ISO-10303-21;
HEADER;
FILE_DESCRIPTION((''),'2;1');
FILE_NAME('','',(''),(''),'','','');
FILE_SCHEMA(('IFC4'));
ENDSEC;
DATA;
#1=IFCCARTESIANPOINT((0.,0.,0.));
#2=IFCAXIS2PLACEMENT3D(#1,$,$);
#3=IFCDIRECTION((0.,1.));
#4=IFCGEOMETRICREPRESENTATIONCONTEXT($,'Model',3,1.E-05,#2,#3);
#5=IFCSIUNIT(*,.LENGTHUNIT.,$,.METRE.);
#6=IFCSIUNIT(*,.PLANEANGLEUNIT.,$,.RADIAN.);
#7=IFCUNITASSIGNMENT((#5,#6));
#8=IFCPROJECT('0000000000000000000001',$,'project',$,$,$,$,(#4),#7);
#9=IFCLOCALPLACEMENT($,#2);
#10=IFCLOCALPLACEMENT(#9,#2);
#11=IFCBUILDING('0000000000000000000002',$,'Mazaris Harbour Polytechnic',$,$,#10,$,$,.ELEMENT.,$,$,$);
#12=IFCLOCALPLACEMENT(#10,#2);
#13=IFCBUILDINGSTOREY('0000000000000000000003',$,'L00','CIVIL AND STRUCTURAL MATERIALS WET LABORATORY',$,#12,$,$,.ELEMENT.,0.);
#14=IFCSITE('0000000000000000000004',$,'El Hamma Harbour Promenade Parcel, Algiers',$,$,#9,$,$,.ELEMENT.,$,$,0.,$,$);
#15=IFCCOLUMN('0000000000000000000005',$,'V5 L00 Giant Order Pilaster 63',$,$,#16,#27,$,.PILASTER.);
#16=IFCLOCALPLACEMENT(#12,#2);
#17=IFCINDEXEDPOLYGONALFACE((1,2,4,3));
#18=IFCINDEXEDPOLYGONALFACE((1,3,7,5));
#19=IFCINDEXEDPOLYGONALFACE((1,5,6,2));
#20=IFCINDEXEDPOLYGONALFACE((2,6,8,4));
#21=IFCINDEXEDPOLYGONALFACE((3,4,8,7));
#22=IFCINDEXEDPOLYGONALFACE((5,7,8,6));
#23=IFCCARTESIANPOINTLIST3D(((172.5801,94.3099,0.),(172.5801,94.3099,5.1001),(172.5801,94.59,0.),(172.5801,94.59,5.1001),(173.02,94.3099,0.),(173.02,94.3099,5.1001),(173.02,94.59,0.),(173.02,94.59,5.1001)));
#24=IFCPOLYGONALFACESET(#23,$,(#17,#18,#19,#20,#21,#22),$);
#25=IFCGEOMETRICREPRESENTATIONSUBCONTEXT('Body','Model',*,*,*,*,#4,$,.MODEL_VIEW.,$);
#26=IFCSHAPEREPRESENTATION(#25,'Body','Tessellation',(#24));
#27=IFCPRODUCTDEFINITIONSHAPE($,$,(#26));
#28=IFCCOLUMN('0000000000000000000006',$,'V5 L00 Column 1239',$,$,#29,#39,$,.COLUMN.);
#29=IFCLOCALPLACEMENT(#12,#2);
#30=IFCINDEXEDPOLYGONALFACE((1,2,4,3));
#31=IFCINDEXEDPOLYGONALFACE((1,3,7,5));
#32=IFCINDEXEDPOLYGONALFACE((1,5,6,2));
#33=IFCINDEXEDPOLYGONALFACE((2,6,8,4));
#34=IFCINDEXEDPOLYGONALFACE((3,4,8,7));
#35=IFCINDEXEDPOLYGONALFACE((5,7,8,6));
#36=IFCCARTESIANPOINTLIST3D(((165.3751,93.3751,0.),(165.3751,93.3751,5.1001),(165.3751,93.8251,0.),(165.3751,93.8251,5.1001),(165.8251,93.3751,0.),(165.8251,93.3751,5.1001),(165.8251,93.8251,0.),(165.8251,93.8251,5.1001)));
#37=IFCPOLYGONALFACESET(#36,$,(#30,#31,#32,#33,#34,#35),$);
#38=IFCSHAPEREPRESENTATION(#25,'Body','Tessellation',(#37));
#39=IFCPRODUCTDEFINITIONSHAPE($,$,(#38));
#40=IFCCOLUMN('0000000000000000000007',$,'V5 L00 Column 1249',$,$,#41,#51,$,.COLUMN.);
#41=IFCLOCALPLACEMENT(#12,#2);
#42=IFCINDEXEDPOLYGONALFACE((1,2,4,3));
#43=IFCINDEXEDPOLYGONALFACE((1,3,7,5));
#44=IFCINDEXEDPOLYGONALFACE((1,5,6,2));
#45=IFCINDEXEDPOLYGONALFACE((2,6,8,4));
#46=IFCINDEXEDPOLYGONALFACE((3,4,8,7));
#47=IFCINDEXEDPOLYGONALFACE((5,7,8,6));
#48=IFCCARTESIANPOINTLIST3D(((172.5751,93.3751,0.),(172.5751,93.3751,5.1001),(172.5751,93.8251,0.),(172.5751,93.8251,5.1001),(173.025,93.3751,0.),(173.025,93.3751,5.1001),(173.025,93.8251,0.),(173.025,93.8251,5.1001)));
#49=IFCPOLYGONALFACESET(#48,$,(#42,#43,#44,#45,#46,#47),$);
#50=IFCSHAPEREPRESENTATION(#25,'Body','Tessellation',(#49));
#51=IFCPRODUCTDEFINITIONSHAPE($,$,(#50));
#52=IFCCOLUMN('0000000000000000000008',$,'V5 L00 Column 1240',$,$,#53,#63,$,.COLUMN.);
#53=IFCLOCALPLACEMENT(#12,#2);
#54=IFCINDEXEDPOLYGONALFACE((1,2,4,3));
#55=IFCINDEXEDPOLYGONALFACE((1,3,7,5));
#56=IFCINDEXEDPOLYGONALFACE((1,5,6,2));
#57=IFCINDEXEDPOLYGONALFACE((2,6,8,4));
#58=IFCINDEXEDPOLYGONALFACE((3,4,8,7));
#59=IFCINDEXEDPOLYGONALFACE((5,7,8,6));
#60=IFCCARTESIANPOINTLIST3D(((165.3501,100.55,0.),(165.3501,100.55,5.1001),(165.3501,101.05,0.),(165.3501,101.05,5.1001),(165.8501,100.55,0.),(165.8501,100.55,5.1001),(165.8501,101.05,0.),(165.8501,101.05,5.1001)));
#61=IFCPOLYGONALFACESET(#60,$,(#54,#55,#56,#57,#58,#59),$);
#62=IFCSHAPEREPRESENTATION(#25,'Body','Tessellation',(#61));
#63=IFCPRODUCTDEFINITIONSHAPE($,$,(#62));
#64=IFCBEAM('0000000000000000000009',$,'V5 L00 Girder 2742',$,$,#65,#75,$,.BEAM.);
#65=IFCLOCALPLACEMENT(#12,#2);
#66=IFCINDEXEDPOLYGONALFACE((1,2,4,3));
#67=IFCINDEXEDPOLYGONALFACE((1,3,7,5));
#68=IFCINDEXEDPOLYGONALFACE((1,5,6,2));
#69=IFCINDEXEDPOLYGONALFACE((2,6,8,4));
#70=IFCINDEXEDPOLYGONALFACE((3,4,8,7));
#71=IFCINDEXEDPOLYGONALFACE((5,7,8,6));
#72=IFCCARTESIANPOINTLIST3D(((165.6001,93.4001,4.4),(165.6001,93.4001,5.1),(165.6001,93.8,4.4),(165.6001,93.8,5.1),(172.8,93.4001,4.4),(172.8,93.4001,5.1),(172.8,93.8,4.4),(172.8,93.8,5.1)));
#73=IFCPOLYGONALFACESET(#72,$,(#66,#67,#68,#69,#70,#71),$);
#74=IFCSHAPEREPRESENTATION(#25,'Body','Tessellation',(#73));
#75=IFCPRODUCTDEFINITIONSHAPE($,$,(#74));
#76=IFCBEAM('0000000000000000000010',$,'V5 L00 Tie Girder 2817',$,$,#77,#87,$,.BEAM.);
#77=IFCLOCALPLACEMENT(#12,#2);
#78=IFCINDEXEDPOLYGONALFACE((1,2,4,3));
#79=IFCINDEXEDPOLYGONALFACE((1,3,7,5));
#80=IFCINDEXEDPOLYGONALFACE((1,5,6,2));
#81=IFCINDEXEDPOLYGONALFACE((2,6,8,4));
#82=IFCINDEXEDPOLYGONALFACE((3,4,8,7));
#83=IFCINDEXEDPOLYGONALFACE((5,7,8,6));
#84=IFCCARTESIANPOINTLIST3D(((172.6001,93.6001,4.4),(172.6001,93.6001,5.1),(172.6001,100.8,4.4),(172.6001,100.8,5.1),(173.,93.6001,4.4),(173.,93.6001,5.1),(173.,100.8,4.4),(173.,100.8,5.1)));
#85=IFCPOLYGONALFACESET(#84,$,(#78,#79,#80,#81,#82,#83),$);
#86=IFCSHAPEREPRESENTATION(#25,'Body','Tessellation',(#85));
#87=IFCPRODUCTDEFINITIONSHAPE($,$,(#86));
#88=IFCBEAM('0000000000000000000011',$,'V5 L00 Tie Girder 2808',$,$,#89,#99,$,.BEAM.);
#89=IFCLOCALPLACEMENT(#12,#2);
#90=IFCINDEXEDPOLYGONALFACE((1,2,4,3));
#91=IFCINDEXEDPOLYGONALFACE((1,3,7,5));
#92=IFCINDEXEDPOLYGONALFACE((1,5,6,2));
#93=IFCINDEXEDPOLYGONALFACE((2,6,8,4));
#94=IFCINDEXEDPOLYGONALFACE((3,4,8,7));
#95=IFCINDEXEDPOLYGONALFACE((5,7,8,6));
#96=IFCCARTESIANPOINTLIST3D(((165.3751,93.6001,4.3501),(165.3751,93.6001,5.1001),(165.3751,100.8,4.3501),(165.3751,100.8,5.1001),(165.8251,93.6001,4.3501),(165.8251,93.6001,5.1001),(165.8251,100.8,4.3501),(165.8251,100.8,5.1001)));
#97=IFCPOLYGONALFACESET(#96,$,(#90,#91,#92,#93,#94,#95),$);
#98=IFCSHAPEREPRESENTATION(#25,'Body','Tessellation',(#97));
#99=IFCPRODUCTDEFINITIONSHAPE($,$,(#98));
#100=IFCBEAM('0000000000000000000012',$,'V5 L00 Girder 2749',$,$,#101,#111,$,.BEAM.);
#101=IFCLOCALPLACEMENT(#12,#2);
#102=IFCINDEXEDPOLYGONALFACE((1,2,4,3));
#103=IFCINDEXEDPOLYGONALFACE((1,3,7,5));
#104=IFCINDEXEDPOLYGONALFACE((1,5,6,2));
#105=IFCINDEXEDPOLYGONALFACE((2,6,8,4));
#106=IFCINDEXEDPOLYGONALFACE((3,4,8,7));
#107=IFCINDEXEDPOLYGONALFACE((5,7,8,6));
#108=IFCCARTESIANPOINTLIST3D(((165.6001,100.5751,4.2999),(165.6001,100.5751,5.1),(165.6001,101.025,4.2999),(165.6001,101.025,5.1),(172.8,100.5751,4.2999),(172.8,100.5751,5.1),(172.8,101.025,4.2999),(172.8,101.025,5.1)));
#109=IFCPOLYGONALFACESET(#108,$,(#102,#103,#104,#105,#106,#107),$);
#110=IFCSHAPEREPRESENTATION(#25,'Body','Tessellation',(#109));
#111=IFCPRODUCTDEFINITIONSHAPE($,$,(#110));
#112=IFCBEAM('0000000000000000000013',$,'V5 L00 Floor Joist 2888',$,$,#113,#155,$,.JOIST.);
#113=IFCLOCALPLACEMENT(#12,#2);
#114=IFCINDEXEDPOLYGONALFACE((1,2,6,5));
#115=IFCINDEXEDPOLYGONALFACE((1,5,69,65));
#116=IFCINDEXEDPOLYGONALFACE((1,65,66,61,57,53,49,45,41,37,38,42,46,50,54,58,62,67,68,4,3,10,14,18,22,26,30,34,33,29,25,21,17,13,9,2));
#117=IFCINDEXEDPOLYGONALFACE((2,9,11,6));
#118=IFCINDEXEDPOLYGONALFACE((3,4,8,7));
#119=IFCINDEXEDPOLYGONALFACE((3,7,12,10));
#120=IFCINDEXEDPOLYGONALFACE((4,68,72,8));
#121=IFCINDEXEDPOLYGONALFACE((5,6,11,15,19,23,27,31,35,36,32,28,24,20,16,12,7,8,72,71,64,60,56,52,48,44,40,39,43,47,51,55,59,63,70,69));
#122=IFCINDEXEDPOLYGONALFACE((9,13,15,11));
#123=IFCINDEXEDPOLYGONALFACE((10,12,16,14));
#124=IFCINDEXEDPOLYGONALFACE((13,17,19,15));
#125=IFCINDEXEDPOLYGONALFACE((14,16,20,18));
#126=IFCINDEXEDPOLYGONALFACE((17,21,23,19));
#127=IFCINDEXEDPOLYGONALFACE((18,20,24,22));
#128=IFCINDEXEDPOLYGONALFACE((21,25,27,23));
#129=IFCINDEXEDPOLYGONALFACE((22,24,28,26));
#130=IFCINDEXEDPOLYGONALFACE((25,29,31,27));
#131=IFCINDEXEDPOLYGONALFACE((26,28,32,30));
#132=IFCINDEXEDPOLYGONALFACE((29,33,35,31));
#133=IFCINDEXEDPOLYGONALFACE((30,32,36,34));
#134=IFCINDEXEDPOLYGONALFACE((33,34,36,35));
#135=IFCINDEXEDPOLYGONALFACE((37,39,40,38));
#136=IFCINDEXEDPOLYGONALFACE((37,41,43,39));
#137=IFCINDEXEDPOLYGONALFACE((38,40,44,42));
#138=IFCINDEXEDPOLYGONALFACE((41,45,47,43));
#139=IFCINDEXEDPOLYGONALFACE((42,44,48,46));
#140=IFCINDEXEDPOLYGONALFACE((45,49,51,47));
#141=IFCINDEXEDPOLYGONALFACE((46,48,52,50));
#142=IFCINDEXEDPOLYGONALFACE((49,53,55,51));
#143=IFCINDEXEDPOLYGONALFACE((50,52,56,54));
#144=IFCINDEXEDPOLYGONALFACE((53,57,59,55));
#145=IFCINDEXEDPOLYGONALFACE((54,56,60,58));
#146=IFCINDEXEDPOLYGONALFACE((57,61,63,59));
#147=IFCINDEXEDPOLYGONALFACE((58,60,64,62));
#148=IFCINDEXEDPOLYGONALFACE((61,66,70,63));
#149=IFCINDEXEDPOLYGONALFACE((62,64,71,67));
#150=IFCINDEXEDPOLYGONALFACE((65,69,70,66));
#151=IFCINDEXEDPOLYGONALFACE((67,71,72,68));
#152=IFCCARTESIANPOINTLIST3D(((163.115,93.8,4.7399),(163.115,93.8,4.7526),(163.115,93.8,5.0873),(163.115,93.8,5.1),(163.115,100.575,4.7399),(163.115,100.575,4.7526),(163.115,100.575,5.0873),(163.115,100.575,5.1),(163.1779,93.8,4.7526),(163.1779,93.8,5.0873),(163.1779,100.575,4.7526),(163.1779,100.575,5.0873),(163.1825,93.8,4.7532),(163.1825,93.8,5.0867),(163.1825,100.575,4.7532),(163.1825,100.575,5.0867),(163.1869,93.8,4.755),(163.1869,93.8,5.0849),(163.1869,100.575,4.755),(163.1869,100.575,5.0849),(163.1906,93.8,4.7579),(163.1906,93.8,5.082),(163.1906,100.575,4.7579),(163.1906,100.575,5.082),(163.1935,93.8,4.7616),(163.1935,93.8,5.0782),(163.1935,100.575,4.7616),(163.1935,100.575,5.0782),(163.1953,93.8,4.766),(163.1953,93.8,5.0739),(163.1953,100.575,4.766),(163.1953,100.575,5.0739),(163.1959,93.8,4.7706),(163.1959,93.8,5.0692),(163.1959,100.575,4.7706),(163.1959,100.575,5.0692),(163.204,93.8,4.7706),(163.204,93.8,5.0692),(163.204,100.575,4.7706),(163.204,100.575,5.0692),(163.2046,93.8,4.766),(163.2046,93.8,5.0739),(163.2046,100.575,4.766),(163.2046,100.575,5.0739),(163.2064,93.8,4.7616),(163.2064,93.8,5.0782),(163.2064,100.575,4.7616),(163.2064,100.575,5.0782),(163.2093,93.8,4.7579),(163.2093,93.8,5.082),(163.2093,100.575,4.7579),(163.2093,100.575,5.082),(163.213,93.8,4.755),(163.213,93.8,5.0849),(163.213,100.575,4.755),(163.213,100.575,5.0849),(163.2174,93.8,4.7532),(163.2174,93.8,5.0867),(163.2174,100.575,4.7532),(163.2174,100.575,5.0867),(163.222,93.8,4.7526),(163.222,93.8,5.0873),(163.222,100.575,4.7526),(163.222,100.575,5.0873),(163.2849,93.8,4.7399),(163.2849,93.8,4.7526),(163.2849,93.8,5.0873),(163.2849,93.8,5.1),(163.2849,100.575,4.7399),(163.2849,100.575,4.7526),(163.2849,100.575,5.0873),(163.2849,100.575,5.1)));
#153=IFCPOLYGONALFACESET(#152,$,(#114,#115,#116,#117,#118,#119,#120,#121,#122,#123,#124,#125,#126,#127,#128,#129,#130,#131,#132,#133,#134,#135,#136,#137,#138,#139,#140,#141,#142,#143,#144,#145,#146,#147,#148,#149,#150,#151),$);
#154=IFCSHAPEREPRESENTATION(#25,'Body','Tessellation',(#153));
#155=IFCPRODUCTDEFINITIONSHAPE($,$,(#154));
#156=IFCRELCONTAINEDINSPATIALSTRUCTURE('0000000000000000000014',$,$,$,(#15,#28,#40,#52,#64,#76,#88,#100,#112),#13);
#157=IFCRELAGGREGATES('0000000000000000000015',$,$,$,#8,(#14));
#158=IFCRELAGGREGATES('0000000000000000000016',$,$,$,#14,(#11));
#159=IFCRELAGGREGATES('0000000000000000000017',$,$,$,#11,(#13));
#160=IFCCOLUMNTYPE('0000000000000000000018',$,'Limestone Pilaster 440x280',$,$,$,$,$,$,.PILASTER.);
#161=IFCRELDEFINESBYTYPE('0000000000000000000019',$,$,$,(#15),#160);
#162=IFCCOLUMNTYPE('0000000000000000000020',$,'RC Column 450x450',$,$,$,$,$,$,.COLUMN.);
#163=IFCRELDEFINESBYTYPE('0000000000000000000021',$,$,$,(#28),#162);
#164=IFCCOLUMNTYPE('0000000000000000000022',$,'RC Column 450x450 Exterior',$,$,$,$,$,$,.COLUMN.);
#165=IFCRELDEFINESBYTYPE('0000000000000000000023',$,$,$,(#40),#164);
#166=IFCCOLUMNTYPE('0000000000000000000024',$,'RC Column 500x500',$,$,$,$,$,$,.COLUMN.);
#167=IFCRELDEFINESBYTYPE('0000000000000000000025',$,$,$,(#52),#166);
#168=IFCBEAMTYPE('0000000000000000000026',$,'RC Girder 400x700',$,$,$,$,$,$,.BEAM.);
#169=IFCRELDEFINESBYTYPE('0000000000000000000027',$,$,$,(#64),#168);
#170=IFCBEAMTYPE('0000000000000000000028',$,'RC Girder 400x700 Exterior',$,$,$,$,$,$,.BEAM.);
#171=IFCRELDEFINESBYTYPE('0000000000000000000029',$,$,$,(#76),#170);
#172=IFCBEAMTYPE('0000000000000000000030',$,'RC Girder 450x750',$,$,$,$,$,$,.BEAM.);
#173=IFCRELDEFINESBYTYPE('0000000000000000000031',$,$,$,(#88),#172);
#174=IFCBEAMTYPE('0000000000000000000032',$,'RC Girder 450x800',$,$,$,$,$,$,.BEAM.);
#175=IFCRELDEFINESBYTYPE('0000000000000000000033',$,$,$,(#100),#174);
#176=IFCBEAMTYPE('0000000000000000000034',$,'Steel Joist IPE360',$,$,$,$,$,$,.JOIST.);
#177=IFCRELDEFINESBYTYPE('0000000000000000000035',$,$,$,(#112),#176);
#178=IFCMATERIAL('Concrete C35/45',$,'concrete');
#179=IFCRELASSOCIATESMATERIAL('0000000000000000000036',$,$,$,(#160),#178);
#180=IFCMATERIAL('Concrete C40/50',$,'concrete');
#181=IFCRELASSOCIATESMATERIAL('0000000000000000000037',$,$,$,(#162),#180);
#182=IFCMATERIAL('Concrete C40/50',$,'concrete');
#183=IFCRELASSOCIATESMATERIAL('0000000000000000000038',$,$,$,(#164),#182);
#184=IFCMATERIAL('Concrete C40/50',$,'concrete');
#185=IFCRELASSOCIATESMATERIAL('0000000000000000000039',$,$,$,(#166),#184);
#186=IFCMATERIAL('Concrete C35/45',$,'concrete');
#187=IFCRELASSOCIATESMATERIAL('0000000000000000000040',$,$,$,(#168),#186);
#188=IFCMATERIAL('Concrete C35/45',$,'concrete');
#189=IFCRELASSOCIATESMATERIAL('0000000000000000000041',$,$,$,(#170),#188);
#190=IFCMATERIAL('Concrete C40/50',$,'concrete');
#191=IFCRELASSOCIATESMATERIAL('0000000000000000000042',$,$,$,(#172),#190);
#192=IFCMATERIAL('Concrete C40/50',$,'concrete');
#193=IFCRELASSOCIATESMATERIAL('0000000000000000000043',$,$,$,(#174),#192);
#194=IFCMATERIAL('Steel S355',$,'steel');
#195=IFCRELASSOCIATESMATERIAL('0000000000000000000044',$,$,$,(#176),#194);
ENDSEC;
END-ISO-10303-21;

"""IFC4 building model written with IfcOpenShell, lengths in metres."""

from ifc_helpers import new_model, si_unit, direction, frame, origin, origin_2d, place, context, subcontext, project, spatial, rectangle, i_section, extrude, material, material_profile, profile_set, type_object, element, save


model = new_model("IFC4")

# Units and contexts
model_context = context("Model", 3, precision=1e-05, world=origin(), true_north=direction((0.0, 1.0)))
body_context = subcontext(model_context, "Body", "Model", "MODEL_VIEW")
ifc_project = project(units=[si_unit("LENGTHUNIT", "METRE"), si_unit("PLANEANGLEUNIT", "RADIAN")], contexts=[model_context])

# Site, building, storey
site_placement = place(None, origin())
site = spatial("IfcSite", under=ifc_project, at=site_placement, Name="El Hamma Harbour Promenade Parcel, Algiers", CompositionType="ELEMENT", RefElevation=0.0)
building_placement = place(site_placement, origin())
building = spatial("IfcBuilding", under=site, at=building_placement, Name="Mazaris Harbour Polytechnic", CompositionType="ELEMENT")
storey_placement = place(building_placement, origin())
storey = spatial("IfcBuildingStorey", under=building, at=storey_placement, Name="L00", Description="CIVIL AND STRUCTURAL MATERIALS WET LABORATORY", CompositionType="ELEMENT", Elevation=0.0)

# Columns
ifc_material_1 = material(Name="Concrete C35/45", Category="concrete")
ifc_material_profile_1 = material_profile(ifc_material_1, rectangle(XDim=0.4399, YDim=0.28, at=origin_2d()), Name="RECT440x280")
ifc_profile_set_1 = profile_set([ifc_material_profile_1], Name="Concrete C35/45")
column_type_1 = type_object("IfcColumnType", Name="Limestone Pilaster 440x280", PredefinedType="PILASTER", material=ifc_profile_set_1)
column_1_placement = place(storey_placement, frame((172.8, 94.45, 0.0), z_axis=(0.0, 0.0, 1.0), x_axis=(1.0, 0.0, 0.0)))
element("IfcColumn", 1, at=column_1_placement, inside=storey, type_object=column_type_1, Name="V5 L00 Giant Order Pilaster 63", PredefinedType="PILASTER", context=body_context, shape_type="SweptSolid", body=[
    extrude(rectangle(XDim=0.4399, YDim=0.28, at=origin_2d()), origin(), (0.0, 0.0, 1.0), 5.1001),
])
ifc_material_2 = material(Name="Concrete C40/50", Category="concrete")
ifc_material_profile_2 = material_profile(ifc_material_2, rectangle(XDim=0.45, YDim=0.45, at=origin_2d()), Name="RECT450x450")
ifc_profile_set_2 = profile_set([ifc_material_profile_2], Name="Concrete C40/50")
column_type_2 = type_object("IfcColumnType", Name="RC Column 450x450", PredefinedType="COLUMN", material=ifc_profile_set_2)
column_2_placement = place(storey_placement, frame((165.6001, 93.6001, 0.0), z_axis=(0.0, 0.0, 1.0), x_axis=(1.0, 0.0, 0.0)))
element("IfcColumn", 2, at=column_2_placement, inside=storey, type_object=column_type_2, Name="V5 L00 Column 1239", PredefinedType="COLUMN", context=body_context, shape_type="SweptSolid", body=[
    extrude(rectangle(XDim=0.45, YDim=0.45, at=origin_2d()), origin(), (0.0, 0.0, 1.0), 5.1001),
])
ifc_material_3 = material(Name="Concrete C40/50", Category="concrete")
ifc_material_profile_3 = material_profile(ifc_material_3, rectangle(XDim=0.45, YDim=0.45, at=origin_2d()), Name="RECT450x450")
ifc_profile_set_3 = profile_set([ifc_material_profile_3], Name="Concrete C40/50")
column_type_3 = type_object("IfcColumnType", Name="RC Column 450x450 Exterior", PredefinedType="COLUMN", material=ifc_profile_set_3)
column_3_placement = place(storey_placement, frame((172.8, 93.6001, 0.0), z_axis=(0.0, 0.0, 1.0), x_axis=(1.0, 0.0, 0.0)))
element("IfcColumn", 3, at=column_3_placement, inside=storey, type_object=column_type_3, Name="V5 L00 Column 1249", PredefinedType="COLUMN", context=body_context, shape_type="SweptSolid", body=[
    extrude(rectangle(XDim=0.45, YDim=0.45, at=origin_2d()), origin(), (0.0, 0.0, 1.0), 5.1001),
])
ifc_material_4 = material(Name="Concrete C40/50", Category="concrete")
ifc_material_profile_4 = material_profile(ifc_material_4, rectangle(XDim=0.5, YDim=0.5, at=origin_2d()), Name="RECT500x500")
ifc_profile_set_4 = profile_set([ifc_material_profile_4], Name="Concrete C40/50")
column_type_4 = type_object("IfcColumnType", Name="RC Column 500x500", PredefinedType="COLUMN", material=ifc_profile_set_4)
column_4_placement = place(storey_placement, frame((165.6001, 100.8, 0.0), z_axis=(0.0, 0.0, 1.0), x_axis=(1.0, 0.0, 0.0)))
element("IfcColumn", 4, at=column_4_placement, inside=storey, type_object=column_type_4, Name="V5 L00 Column 1240", PredefinedType="COLUMN", context=body_context, shape_type="SweptSolid", body=[
    extrude(rectangle(XDim=0.5, YDim=0.5, at=origin_2d()), origin(), (0.0, 0.0, 1.0), 5.1001),
])

# Beams
ifc_material_5 = material(Name="Concrete C35/45", Category="concrete")
ifc_material_profile_5 = material_profile(ifc_material_5, rectangle(XDim=0.3999, YDim=0.7, at=origin_2d()), Name="RECT400x700")
ifc_profile_set_5 = profile_set([ifc_material_profile_5], Name="Concrete C35/45")
beam_type_1 = type_object("IfcBeamType", Name="RC Girder 400x700", PredefinedType="BEAM", material=ifc_profile_set_5)
beam_1_placement = place(storey_placement, frame((165.6001, 93.6001, 4.75), z_axis=(1.0, 0.0, 0.0), x_axis=(0.0, 1.0, 0.0)))
element("IfcBeam", 5, at=beam_1_placement, inside=storey, type_object=beam_type_1, Name="V5 L00 Girder 2742", PredefinedType="BEAM", context=body_context, shape_type="SweptSolid", body=[
    extrude(rectangle(XDim=0.3999, YDim=0.7, at=origin_2d()), origin(), (0.0, 0.0, 1.0), 7.2),
])
ifc_material_6 = material(Name="Concrete C35/45", Category="concrete")
ifc_material_profile_6 = material_profile(ifc_material_6, rectangle(XDim=0.3999, YDim=0.7, at=origin_2d()), Name="RECT400x700")
ifc_profile_set_6 = profile_set([ifc_material_profile_6], Name="Concrete C35/45")
beam_type_2 = type_object("IfcBeamType", Name="RC Girder 400x700 Exterior", PredefinedType="BEAM", material=ifc_profile_set_6)
beam_2_placement = place(storey_placement, frame((172.8, 93.6001, 4.75), z_axis=(0.0, 1.0, 0.0), x_axis=(-1.0, 0.0, 0.0)))
element("IfcBeam", 6, at=beam_2_placement, inside=storey, type_object=beam_type_2, Name="V5 L00 Tie Girder 2817", PredefinedType="BEAM", context=body_context, shape_type="SweptSolid", body=[
    extrude(rectangle(XDim=0.3999, YDim=0.7, at=origin_2d()), origin(), (0.0, 0.0, 1.0), 7.2),
])
ifc_material_7 = material(Name="Concrete C40/50", Category="concrete")
ifc_material_profile_7 = material_profile(ifc_material_7, rectangle(XDim=0.45, YDim=0.75, at=origin_2d()), Name="RECT450x750")
ifc_profile_set_7 = profile_set([ifc_material_profile_7], Name="Concrete C40/50")
beam_type_3 = type_object("IfcBeamType", Name="RC Girder 450x750", PredefinedType="BEAM", material=ifc_profile_set_7)
beam_3_placement = place(storey_placement, frame((165.6001, 93.6001, 4.7251), z_axis=(0.0, 1.0, 0.0), x_axis=(-1.0, 0.0, 0.0)))
element("IfcBeam", 7, at=beam_3_placement, inside=storey, type_object=beam_type_3, Name="V5 L00 Tie Girder 2808", PredefinedType="BEAM", context=body_context, shape_type="SweptSolid", body=[
    extrude(rectangle(XDim=0.45, YDim=0.75, at=origin_2d()), origin(), (0.0, 0.0, 1.0), 7.2),
])
ifc_material_8 = material(Name="Concrete C40/50", Category="concrete")
ifc_material_profile_8 = material_profile(ifc_material_8, rectangle(XDim=0.45, YDim=0.8, at=origin_2d()), Name="RECT450x800")
ifc_profile_set_8 = profile_set([ifc_material_profile_8], Name="Concrete C40/50")
beam_type_4 = type_object("IfcBeamType", Name="RC Girder 450x800", PredefinedType="BEAM", material=ifc_profile_set_8)
beam_4_placement = place(storey_placement, frame((165.6001, 100.8, 4.7), z_axis=(1.0, 0.0, 0.0), x_axis=(0.0, 1.0, 0.0)))
element("IfcBeam", 8, at=beam_4_placement, inside=storey, type_object=beam_type_4, Name="V5 L00 Girder 2749", PredefinedType="BEAM", context=body_context, shape_type="SweptSolid", body=[
    extrude(rectangle(XDim=0.45, YDim=0.8, at=origin_2d()), origin(), (0.0, 0.0, 1.0), 7.2),
])
ifc_material_9 = material(Name="Steel S355", Category="steel")
ifc_material_profile_9 = material_profile(ifc_material_9, i_section(OverallWidth=0.1699, OverallDepth=0.3601, WebThickness=0.0081, FlangeThickness=0.0127, FilletRadius=0.0181, at=origin_2d()), Name="IPE 360")
ifc_profile_set_9 = profile_set([ifc_material_profile_9], Name="Steel S355")
beam_type_5 = type_object("IfcBeamType", Name="Steel Joist IPE360", PredefinedType="JOIST", material=ifc_profile_set_9)
for number, where, z_axis, x_axis, name in (
    (9, (163.2, 93.8, 4.9199), (0.0, 1.0, 0.0), (-1.0, 0.0, 0.0), "V5 L00 Floor Joist 2888"),
):
    element("IfcBeam", number, at=place(storey_placement, frame(where, z_axis=z_axis, x_axis=x_axis)), inside=storey, type_object=beam_type_5, Name=name, PredefinedType="JOIST", context=body_context, shape_type="SweptSolid", body=[
        extrude(i_section(OverallWidth=0.1699, OverallDepth=0.3601, WebThickness=0.0081, FlangeThickness=0.0127, FilletRadius=0.0181, at=origin_2d()), origin(), (0.0, 0.0, 1.0), 6.7749),
    ])

save(model, "model.ifc")
